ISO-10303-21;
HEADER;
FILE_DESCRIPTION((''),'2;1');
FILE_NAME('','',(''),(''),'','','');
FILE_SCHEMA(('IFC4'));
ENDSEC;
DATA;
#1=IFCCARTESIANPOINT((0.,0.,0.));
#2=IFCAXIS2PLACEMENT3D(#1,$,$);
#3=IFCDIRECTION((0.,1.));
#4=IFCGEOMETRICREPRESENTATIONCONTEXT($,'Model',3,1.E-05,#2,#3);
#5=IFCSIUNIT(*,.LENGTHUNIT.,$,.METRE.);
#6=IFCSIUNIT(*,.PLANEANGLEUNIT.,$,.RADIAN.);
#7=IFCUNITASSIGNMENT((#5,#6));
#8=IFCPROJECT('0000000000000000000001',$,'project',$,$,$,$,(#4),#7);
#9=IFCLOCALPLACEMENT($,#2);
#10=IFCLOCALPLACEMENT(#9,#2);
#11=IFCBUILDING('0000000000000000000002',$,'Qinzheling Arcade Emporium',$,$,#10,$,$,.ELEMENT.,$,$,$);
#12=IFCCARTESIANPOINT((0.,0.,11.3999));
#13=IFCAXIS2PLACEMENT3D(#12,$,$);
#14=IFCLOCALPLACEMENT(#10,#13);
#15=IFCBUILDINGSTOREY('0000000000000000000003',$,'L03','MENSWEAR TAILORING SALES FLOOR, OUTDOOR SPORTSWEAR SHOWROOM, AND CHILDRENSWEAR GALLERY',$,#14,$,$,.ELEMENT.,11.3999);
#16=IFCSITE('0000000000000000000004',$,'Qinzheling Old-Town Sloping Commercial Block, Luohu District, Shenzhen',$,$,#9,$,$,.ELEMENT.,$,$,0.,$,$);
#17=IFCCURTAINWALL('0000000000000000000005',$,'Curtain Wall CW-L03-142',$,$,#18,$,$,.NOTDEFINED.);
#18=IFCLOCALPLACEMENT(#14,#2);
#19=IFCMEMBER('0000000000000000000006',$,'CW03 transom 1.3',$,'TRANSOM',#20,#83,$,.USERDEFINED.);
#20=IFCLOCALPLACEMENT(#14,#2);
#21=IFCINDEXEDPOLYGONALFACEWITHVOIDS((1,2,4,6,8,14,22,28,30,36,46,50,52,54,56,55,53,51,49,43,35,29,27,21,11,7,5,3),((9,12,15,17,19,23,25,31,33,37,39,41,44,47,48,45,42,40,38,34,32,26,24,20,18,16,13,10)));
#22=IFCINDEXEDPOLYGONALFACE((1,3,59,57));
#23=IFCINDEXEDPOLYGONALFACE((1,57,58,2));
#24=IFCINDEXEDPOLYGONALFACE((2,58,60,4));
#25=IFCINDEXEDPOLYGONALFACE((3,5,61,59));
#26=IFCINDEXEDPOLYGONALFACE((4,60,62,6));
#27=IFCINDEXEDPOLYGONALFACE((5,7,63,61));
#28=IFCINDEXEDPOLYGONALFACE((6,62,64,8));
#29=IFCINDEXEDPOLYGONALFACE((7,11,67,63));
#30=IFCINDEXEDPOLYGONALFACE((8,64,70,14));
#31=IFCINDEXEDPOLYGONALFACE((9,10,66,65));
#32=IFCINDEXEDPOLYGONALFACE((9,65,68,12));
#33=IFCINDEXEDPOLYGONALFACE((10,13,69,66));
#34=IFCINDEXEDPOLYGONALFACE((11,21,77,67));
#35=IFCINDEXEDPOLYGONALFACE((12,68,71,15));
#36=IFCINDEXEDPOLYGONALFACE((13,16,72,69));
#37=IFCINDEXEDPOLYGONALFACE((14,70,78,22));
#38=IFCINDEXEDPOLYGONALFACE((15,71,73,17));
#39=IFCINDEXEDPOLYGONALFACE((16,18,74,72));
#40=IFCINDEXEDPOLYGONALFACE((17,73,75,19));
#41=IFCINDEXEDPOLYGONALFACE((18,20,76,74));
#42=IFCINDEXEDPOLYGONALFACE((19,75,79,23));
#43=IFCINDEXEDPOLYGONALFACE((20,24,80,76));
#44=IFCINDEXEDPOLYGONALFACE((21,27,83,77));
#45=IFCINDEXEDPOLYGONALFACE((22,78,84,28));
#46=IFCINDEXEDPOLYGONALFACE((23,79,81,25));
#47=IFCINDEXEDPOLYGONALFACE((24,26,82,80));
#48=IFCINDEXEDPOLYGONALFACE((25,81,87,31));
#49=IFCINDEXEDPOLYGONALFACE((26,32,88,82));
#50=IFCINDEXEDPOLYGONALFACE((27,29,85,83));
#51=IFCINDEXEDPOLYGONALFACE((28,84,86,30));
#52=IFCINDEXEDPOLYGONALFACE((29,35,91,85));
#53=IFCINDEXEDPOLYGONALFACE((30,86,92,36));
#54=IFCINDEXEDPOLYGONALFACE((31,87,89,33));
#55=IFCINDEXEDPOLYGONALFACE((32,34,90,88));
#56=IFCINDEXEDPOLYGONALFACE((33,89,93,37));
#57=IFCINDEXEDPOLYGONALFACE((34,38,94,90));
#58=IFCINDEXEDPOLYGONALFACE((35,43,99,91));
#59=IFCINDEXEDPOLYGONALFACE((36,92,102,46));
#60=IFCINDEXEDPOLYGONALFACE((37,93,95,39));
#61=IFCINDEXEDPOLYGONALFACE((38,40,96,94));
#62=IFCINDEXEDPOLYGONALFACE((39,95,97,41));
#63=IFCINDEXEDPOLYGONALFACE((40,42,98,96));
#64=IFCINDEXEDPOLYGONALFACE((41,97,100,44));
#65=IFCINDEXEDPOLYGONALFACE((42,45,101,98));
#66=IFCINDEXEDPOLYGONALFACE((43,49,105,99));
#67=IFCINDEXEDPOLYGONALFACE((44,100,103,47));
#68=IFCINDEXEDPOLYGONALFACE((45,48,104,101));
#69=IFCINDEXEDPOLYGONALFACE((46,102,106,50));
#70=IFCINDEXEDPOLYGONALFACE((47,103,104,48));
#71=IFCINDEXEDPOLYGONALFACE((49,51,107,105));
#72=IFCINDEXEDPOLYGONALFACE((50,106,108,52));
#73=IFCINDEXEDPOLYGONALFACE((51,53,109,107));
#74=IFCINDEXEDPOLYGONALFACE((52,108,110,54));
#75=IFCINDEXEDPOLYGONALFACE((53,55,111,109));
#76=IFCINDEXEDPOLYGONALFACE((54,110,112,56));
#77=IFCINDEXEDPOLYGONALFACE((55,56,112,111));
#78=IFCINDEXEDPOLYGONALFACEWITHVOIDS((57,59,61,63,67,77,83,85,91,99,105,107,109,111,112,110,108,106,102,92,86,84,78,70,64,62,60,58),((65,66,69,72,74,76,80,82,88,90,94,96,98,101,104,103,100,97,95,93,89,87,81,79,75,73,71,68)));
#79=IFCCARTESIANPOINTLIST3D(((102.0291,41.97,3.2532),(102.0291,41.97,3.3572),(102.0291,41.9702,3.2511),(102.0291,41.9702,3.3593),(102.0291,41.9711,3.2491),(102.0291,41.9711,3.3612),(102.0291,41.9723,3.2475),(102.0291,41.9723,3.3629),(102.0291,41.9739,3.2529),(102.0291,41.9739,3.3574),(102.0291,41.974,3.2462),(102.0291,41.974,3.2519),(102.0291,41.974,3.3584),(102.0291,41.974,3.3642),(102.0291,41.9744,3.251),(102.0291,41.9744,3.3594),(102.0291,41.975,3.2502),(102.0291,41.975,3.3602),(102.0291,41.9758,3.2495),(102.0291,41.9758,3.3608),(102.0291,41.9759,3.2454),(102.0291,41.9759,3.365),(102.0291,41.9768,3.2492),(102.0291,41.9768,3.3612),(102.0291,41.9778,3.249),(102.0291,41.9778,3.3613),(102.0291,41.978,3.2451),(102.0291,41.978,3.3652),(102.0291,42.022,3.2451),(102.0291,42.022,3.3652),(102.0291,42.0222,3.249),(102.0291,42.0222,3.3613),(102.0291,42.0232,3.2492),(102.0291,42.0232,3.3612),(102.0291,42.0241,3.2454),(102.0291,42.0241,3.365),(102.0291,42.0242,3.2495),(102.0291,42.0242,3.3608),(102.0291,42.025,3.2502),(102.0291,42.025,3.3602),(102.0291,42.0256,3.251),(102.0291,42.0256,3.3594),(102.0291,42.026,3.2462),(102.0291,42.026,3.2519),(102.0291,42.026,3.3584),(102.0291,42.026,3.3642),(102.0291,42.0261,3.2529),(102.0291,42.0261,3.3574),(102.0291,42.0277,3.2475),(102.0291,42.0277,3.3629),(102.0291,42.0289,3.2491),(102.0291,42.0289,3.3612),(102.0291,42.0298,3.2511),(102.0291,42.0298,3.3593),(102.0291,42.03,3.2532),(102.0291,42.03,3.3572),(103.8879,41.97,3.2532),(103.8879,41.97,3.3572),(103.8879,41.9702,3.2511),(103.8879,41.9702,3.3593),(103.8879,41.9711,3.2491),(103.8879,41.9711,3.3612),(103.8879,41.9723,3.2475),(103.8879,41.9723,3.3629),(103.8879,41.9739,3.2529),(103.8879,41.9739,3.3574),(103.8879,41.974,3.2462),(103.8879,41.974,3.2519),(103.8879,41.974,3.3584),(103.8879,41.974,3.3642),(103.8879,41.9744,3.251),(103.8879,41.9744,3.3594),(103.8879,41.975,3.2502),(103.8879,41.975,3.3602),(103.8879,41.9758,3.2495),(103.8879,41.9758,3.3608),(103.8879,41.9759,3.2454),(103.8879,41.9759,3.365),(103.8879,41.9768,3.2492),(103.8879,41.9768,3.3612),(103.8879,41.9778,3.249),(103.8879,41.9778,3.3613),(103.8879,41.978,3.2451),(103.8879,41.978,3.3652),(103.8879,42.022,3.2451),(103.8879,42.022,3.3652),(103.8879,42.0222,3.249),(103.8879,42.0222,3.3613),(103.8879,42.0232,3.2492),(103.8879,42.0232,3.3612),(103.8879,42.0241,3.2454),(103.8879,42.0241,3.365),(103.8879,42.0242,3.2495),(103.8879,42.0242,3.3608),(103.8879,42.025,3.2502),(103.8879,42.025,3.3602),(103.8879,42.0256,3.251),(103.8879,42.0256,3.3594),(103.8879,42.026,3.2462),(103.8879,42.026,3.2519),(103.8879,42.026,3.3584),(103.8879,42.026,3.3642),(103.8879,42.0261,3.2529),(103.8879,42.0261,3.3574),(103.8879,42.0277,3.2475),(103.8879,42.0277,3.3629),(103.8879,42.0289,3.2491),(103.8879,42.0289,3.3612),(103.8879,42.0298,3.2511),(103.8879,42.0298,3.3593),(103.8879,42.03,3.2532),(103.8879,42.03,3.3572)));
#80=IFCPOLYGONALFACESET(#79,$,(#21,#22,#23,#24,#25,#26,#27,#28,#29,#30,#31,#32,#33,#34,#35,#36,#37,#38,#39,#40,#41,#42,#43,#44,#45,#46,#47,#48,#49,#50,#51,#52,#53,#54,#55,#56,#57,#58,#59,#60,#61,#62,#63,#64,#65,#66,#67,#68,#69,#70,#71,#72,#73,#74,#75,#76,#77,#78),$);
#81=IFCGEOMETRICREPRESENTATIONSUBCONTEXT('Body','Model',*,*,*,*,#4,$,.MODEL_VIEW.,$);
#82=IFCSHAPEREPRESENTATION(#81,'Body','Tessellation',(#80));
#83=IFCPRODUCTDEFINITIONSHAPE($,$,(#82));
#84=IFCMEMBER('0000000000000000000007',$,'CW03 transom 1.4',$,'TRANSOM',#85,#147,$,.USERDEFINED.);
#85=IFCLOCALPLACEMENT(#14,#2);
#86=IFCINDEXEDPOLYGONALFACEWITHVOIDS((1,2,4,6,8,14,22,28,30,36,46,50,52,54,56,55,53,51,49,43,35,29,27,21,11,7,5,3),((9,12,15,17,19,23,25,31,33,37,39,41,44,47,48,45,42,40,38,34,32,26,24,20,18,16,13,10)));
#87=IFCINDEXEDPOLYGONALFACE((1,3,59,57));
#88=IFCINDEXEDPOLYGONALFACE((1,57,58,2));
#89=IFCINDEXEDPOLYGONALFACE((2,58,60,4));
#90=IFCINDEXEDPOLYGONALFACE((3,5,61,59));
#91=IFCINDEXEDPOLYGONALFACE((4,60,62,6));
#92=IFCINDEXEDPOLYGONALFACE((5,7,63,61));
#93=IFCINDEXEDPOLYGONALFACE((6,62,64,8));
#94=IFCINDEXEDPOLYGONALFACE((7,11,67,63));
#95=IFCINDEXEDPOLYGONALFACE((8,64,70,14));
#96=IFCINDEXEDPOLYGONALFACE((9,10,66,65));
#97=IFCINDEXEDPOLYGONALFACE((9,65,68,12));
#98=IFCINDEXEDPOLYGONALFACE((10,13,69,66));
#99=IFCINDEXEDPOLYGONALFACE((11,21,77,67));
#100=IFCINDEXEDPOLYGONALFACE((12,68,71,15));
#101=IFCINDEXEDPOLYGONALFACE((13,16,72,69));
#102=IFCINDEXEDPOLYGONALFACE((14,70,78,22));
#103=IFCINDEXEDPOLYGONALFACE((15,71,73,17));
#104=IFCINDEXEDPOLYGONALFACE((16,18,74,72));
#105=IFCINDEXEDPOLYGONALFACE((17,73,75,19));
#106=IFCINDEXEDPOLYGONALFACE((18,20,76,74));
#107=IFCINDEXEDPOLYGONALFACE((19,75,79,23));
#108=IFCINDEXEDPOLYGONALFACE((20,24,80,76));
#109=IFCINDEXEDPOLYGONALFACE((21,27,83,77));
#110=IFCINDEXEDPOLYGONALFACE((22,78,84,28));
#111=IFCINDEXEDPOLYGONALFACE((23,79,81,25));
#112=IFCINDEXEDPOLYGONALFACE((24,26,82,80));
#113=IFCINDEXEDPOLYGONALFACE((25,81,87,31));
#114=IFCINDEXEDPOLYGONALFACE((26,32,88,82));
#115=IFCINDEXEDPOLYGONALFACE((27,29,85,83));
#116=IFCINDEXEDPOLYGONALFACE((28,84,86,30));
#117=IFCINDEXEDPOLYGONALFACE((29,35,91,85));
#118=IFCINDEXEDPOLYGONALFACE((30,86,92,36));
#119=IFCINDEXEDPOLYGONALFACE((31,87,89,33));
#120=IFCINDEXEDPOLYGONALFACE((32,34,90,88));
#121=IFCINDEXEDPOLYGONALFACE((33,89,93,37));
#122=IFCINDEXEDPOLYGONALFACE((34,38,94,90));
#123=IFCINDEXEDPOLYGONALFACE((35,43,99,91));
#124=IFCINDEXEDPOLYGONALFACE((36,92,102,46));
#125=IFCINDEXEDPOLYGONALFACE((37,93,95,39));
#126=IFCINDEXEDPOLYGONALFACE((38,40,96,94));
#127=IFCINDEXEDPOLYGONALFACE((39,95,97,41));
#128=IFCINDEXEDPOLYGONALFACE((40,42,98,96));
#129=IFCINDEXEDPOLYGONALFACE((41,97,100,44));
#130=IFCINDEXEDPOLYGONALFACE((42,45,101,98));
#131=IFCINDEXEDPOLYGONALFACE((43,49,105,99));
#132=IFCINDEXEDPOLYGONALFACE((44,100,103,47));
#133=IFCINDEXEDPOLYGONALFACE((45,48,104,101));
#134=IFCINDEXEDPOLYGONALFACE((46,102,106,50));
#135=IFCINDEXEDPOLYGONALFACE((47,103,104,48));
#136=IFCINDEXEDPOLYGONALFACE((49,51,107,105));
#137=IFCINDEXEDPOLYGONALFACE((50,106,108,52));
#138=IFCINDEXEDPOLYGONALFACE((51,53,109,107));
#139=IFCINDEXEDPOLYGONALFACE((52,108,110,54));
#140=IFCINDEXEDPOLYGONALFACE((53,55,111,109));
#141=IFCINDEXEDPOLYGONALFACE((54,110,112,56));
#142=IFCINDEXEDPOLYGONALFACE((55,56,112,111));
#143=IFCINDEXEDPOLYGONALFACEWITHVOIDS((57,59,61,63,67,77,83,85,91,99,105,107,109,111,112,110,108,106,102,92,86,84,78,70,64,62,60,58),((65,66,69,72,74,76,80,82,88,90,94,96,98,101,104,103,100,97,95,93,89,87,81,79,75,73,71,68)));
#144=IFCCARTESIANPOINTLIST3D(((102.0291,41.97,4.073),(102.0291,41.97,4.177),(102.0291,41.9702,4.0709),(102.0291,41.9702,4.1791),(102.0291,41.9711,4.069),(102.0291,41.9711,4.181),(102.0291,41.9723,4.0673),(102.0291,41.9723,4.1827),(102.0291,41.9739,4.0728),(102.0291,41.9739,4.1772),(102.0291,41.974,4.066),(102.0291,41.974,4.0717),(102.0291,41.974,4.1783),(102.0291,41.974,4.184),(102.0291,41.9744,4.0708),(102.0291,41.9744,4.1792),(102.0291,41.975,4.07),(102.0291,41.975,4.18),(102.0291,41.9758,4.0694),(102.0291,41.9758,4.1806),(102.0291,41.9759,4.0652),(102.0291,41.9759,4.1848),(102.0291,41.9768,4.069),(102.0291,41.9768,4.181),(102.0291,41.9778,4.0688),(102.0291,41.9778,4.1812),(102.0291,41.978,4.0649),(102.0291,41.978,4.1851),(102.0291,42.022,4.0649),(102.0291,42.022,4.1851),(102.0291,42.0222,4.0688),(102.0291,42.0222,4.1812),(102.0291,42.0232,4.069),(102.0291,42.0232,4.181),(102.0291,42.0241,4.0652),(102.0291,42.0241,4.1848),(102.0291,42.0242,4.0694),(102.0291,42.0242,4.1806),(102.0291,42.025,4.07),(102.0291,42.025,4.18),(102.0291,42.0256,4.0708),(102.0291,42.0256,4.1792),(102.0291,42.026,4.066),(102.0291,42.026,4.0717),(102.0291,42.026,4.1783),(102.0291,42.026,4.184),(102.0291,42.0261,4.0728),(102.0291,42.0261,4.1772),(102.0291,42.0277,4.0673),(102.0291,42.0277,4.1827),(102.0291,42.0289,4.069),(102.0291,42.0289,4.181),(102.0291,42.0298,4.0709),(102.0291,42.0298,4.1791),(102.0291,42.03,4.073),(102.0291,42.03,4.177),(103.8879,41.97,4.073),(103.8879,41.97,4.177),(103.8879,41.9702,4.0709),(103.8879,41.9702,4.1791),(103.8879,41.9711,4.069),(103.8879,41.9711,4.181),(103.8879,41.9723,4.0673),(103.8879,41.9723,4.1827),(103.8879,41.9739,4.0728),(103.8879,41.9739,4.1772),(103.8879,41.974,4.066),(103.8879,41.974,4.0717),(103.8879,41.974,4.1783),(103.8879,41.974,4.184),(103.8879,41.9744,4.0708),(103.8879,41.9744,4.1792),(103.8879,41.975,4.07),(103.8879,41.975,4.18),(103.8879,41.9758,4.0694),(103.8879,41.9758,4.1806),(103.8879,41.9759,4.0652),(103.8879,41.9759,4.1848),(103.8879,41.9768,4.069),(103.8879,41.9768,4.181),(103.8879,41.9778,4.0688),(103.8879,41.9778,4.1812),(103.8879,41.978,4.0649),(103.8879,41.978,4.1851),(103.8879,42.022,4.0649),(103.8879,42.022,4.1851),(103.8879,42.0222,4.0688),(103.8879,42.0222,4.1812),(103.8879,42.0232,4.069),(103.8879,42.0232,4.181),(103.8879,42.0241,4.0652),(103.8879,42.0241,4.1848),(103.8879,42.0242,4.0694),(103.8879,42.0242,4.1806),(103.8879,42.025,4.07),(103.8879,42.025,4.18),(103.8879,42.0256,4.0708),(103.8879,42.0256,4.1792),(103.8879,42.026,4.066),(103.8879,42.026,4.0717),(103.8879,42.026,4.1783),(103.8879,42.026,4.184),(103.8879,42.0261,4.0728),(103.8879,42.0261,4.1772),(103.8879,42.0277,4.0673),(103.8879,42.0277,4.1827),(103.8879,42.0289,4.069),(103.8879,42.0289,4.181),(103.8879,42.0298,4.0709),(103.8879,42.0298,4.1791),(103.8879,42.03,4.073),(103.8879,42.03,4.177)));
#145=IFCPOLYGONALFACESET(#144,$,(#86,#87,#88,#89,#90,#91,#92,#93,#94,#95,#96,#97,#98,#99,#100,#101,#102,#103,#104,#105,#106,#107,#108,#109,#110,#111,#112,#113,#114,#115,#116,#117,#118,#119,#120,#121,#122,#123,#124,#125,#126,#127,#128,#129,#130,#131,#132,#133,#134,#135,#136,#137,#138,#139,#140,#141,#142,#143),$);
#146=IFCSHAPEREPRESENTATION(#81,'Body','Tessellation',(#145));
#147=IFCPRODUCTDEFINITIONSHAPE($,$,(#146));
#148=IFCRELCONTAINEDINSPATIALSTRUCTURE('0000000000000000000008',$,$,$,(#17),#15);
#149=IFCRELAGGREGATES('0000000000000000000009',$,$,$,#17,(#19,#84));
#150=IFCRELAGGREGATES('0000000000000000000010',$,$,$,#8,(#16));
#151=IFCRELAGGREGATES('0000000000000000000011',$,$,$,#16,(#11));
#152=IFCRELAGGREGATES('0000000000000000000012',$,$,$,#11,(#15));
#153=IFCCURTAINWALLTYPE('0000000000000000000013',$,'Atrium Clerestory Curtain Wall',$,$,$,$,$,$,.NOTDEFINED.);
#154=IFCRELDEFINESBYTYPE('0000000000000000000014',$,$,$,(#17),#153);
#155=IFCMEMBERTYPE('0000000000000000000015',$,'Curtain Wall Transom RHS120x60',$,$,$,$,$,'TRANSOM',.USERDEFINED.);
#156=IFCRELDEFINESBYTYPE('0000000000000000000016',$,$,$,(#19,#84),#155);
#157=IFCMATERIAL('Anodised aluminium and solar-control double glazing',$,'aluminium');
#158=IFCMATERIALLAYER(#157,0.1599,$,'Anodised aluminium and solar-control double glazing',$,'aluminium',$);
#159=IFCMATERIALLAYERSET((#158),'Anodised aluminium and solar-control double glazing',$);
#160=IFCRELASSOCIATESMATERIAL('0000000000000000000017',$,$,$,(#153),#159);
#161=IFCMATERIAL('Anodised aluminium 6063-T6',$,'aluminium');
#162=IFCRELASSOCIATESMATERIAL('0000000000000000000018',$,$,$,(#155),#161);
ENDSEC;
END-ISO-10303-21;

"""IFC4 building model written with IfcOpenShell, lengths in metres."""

from ifc_helpers import new_model, si_unit, direction, frame, origin, origin_2d, place, context, subcontext, project, spatial, hollow_rectangle, extrude, material, layer, layer_set, material_profile, profile_set, type_object, element, aggregate, save


model = new_model("IFC4")

# Units and contexts
model_context = context("Model", 3, precision=1e-05, world=origin(), true_north=direction((0.0, 1.0)))
body_context = subcontext(model_context, "Body", "Model", "MODEL_VIEW")
ifc_project = project(units=[si_unit("LENGTHUNIT", "METRE"), si_unit("PLANEANGLEUNIT", "RADIAN")], contexts=[model_context])

# Site, building, storey
site_placement = place(None, origin())
site = spatial("IfcSite", under=ifc_project, at=site_placement, Name="Qinzheling Old-Town Sloping Commercial Block, Luohu District, Shenzhen", CompositionType="ELEMENT", RefElevation=0.0)
building_placement = place(site_placement, origin())
building = spatial("IfcBuilding", under=site, at=building_placement, Name="Qinzheling Arcade Emporium", CompositionType="ELEMENT")
storey_placement = place(building_placement, frame((0.0, 0.0, 11.3999)))
storey = spatial("IfcBuildingStorey", under=building, at=storey_placement, Name="L03", Description="MENSWEAR TAILORING SALES FLOOR, OUTDOOR SPORTSWEAR SHOWROOM, AND CHILDRENSWEAR GALLERY", CompositionType="ELEMENT", Elevation=11.3999)

# Curtain wall, members
ifc_material_1 = material(Name="Anodised aluminium and solar-control double glazing", Category="aluminium")
ifc_layer_1 = layer(ifc_material_1, 0.1599, Name="Anodised aluminium and solar-control double glazing", Category="aluminium")
ifc_layer_set_1 = layer_set([ifc_layer_1], Name="Anodised aluminium and solar-control double glazing")
curtain_wall_type = type_object("IfcCurtainWallType", Name="Atrium Clerestory Curtain Wall", PredefinedType="NOTDEFINED", material=ifc_layer_set_1)
curtain_wall_placement = place(storey_placement, origin())
curtain_wall = element("IfcCurtainWall", 1, at=curtain_wall_placement, inside=storey, type_object=curtain_wall_type, Name="Curtain Wall CW-L03-142", PredefinedType="NOTDEFINED")
ifc_material_2 = material(Name="Anodised aluminium 6063-T6", Category="aluminium")
ifc_material_profile_1 = material_profile(ifc_material_2, hollow_rectangle(XDim=0.0601, YDim=0.1201, WallThickness=0.0039, InnerFilletRadius=0.0039, OuterFilletRadius=0.0081, at=origin_2d()), Name="RHS 120x60x4", Category="aluminium")
ifc_profile_set_1 = profile_set([ifc_material_profile_1], Name="Anodised aluminium 6063-T6")
member_type_1 = type_object("IfcMemberType", Name="Curtain Wall Transom RHS120x60", ElementType="TRANSOM", PredefinedType="USERDEFINED", material=ifc_profile_set_1)
member_1_placement = place(storey_placement, frame((103.8879, 42.0, 3.3052), z_axis=(-1.0, 0.0, 0.0), x_axis=(0.0, -1.0, 0.0)))
member_1 = element("IfcMember", 2, at=member_1_placement, type_object=member_type_1, Name="CW03 transom 1.3", ObjectType="TRANSOM", PredefinedType="USERDEFINED", context=body_context, shape_type="SweptSolid", body=[
    extrude(hollow_rectangle(XDim=0.0601, YDim=0.1201, WallThickness=0.0039, InnerFilletRadius=0.0039, OuterFilletRadius=0.0081, at=origin_2d()), origin(), (0.0, 0.0, 1.0), 1.8589),
])
member_2_placement = place(storey_placement, frame((103.8879, 42.0, 4.125), z_axis=(-1.0, 0.0, 0.0), x_axis=(0.0, -1.0, 0.0)))
member_2 = element("IfcMember", 3, at=member_2_placement, type_object=member_type_1, Name="CW03 transom 1.4", ObjectType="TRANSOM", PredefinedType="USERDEFINED", context=body_context, shape_type="SweptSolid", body=[
    extrude(hollow_rectangle(XDim=0.0601, YDim=0.1201, WallThickness=0.0039, InnerFilletRadius=0.0039, OuterFilletRadius=0.0081, at=origin_2d()), origin(), (0.0, 0.0, 1.0), 1.8589),
])

aggregate(curtain_wall, [member_1, member_2])

save(model, "model.ifc")
